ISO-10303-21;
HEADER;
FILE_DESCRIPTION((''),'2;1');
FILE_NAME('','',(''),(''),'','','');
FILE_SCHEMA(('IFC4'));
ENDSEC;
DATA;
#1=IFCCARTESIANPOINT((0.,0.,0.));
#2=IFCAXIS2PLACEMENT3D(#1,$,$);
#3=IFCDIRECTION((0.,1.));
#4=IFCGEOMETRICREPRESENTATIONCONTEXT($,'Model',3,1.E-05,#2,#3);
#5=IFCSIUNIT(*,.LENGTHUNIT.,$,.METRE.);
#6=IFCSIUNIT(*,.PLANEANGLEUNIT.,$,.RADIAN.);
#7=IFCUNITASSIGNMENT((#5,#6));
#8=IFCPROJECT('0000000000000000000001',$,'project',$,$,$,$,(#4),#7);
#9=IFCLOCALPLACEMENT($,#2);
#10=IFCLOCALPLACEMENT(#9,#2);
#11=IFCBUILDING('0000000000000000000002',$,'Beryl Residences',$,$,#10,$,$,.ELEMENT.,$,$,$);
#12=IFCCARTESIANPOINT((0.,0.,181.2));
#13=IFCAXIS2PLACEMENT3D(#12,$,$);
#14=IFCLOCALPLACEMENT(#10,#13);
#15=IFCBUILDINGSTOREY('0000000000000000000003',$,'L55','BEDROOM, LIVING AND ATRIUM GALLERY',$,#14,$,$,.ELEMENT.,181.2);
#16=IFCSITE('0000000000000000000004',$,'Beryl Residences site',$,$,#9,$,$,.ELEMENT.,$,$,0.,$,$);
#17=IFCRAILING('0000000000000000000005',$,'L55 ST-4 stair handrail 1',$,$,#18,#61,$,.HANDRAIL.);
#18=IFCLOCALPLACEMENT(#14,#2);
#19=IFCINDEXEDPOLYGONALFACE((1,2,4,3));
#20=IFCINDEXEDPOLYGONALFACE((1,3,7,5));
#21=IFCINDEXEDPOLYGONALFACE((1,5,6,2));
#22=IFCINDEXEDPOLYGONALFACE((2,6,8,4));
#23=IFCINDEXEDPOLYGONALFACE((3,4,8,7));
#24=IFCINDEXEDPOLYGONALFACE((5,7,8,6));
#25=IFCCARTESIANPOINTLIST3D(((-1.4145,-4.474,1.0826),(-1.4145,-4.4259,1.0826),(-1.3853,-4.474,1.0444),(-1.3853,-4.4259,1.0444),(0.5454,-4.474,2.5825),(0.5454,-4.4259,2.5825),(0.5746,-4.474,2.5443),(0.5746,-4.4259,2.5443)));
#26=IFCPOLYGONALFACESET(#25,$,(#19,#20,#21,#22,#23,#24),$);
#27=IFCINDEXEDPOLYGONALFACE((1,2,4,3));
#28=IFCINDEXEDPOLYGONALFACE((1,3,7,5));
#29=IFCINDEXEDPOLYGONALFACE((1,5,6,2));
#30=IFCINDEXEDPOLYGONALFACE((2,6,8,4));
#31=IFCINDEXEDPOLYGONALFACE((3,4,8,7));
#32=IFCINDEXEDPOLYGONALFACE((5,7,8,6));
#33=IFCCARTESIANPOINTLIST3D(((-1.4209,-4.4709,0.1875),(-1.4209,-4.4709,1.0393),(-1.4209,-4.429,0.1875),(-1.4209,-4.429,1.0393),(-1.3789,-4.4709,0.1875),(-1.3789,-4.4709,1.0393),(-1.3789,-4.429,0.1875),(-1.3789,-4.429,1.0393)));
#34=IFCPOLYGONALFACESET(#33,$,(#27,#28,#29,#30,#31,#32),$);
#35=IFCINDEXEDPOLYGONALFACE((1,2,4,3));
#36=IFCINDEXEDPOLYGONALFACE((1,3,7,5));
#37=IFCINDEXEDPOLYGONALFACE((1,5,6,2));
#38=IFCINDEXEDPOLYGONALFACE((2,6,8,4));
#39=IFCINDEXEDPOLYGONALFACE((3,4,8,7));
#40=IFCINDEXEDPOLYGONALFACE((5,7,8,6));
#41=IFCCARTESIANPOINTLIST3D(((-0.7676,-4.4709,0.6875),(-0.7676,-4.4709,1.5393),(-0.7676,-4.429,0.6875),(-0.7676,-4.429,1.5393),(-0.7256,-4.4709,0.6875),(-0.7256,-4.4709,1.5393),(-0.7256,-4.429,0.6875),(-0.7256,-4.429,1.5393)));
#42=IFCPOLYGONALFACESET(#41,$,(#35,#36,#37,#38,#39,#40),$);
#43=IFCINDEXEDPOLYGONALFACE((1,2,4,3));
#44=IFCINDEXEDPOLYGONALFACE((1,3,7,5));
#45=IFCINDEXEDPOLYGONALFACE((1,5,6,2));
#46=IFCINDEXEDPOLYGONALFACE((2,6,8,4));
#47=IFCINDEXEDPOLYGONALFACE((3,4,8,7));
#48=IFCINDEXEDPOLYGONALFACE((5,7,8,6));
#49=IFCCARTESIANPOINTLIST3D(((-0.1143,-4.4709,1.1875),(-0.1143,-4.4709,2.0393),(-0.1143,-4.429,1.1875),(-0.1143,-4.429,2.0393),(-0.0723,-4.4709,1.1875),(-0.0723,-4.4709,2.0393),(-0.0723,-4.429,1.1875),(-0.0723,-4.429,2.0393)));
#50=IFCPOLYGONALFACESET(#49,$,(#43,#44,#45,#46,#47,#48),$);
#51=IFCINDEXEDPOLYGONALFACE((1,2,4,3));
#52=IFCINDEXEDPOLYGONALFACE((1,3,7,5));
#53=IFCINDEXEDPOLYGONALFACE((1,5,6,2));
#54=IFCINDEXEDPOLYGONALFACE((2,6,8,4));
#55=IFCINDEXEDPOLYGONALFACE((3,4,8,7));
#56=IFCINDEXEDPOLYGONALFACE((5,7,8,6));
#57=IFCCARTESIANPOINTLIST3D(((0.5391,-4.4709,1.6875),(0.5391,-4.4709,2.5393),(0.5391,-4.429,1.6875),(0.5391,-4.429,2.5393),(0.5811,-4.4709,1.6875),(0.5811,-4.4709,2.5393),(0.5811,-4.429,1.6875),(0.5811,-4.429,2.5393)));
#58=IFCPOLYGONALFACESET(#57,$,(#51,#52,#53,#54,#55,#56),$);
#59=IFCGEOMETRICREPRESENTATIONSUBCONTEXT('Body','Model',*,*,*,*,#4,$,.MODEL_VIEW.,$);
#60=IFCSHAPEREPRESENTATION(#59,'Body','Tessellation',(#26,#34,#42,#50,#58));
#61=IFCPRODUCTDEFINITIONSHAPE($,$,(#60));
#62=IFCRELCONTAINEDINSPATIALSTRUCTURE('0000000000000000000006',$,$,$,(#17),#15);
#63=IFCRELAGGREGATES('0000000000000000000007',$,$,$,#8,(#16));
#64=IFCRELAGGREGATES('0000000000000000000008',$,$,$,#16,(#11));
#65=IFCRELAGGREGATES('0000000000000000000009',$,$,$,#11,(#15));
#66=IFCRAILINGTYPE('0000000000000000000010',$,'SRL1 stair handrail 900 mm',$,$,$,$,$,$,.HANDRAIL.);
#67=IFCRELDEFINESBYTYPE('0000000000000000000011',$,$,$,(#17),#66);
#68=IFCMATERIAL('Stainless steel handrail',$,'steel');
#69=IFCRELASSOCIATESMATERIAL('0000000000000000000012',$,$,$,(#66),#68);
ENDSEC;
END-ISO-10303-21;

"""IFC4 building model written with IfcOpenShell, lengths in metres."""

from ifc_helpers import new_model, si_unit, direction, frame, origin, origin_2d, place, context, subcontext, project, spatial, rectangle, extrude, material, type_object, element, save


model = new_model("IFC4")

# Units and contexts
model_context = context("Model", 3, precision=1e-05, world=origin(), true_north=direction((0.0, 1.0)))
body_context = subcontext(model_context, "Body", "Model", "MODEL_VIEW")
ifc_project = project(units=[si_unit("LENGTHUNIT", "METRE"), si_unit("PLANEANGLEUNIT", "RADIAN")], contexts=[model_context])

# Site, building, storey
site_placement = place(None, origin())
site = spatial("IfcSite", under=ifc_project, at=site_placement, Name="Beryl Residences site", CompositionType="ELEMENT", RefElevation=0.0)
building_placement = place(site_placement, origin())
building = spatial("IfcBuilding", under=site, at=building_placement, Name="Beryl Residences", CompositionType="ELEMENT")
storey_placement = place(building_placement, frame((0.0, 0.0, 181.2)))
storey = spatial("IfcBuildingStorey", under=building, at=storey_placement, Name="L55", Description="BEDROOM, LIVING AND ATRIUM GALLERY", CompositionType="ELEMENT", Elevation=181.2)

# Railing
ifc_material_1 = material(Name="Stainless steel handrail", Category="steel")
railing_type_1 = type_object("IfcRailingType", Name="SRL1 stair handrail 900 mm", PredefinedType="HANDRAIL", material=ifc_material_1)
railing_1_placement = place(storey_placement, frame((-1.3999, -4.45, 0.1875)))
element("IfcRailing", 1, at=railing_1_placement, inside=storey, type_object=railing_type_1, Name="L55 ST-4 stair handrail 1", PredefinedType="HANDRAIL", context=body_context, shape_type="SweptSolid", body=[
    extrude(rectangle(XDim=0.0481, YDim=0.0481, at=origin_2d()), frame((0.0, 0.0, 0.876), z_axis=(0.794122, 0.0, 0.607758), x_axis=(0.0, 1.0, 0.0)), (0.0, 0.0, 1.0), 2.468),
    extrude(rectangle(XDim=0.042, YDim=0.042, at=origin_2d()), origin(), (0.0, 0.0, 1.0), 0.8518),
    extrude(rectangle(XDim=0.042, YDim=0.042, at=origin_2d()), frame((0.6533, 0.0, 0.5)), (0.0, 0.0, 1.0), 0.8518),
    extrude(rectangle(XDim=0.042, YDim=0.042, at=origin_2d()), frame((1.3066, 0.0, 1.0)), (0.0, 0.0, 1.0), 0.8518),
    extrude(rectangle(XDim=0.042, YDim=0.042, at=origin_2d()), frame((1.96, 0.0, 1.5)), (0.0, 0.0, 1.0), 0.8518),
])

save(model, "model.ifc")
